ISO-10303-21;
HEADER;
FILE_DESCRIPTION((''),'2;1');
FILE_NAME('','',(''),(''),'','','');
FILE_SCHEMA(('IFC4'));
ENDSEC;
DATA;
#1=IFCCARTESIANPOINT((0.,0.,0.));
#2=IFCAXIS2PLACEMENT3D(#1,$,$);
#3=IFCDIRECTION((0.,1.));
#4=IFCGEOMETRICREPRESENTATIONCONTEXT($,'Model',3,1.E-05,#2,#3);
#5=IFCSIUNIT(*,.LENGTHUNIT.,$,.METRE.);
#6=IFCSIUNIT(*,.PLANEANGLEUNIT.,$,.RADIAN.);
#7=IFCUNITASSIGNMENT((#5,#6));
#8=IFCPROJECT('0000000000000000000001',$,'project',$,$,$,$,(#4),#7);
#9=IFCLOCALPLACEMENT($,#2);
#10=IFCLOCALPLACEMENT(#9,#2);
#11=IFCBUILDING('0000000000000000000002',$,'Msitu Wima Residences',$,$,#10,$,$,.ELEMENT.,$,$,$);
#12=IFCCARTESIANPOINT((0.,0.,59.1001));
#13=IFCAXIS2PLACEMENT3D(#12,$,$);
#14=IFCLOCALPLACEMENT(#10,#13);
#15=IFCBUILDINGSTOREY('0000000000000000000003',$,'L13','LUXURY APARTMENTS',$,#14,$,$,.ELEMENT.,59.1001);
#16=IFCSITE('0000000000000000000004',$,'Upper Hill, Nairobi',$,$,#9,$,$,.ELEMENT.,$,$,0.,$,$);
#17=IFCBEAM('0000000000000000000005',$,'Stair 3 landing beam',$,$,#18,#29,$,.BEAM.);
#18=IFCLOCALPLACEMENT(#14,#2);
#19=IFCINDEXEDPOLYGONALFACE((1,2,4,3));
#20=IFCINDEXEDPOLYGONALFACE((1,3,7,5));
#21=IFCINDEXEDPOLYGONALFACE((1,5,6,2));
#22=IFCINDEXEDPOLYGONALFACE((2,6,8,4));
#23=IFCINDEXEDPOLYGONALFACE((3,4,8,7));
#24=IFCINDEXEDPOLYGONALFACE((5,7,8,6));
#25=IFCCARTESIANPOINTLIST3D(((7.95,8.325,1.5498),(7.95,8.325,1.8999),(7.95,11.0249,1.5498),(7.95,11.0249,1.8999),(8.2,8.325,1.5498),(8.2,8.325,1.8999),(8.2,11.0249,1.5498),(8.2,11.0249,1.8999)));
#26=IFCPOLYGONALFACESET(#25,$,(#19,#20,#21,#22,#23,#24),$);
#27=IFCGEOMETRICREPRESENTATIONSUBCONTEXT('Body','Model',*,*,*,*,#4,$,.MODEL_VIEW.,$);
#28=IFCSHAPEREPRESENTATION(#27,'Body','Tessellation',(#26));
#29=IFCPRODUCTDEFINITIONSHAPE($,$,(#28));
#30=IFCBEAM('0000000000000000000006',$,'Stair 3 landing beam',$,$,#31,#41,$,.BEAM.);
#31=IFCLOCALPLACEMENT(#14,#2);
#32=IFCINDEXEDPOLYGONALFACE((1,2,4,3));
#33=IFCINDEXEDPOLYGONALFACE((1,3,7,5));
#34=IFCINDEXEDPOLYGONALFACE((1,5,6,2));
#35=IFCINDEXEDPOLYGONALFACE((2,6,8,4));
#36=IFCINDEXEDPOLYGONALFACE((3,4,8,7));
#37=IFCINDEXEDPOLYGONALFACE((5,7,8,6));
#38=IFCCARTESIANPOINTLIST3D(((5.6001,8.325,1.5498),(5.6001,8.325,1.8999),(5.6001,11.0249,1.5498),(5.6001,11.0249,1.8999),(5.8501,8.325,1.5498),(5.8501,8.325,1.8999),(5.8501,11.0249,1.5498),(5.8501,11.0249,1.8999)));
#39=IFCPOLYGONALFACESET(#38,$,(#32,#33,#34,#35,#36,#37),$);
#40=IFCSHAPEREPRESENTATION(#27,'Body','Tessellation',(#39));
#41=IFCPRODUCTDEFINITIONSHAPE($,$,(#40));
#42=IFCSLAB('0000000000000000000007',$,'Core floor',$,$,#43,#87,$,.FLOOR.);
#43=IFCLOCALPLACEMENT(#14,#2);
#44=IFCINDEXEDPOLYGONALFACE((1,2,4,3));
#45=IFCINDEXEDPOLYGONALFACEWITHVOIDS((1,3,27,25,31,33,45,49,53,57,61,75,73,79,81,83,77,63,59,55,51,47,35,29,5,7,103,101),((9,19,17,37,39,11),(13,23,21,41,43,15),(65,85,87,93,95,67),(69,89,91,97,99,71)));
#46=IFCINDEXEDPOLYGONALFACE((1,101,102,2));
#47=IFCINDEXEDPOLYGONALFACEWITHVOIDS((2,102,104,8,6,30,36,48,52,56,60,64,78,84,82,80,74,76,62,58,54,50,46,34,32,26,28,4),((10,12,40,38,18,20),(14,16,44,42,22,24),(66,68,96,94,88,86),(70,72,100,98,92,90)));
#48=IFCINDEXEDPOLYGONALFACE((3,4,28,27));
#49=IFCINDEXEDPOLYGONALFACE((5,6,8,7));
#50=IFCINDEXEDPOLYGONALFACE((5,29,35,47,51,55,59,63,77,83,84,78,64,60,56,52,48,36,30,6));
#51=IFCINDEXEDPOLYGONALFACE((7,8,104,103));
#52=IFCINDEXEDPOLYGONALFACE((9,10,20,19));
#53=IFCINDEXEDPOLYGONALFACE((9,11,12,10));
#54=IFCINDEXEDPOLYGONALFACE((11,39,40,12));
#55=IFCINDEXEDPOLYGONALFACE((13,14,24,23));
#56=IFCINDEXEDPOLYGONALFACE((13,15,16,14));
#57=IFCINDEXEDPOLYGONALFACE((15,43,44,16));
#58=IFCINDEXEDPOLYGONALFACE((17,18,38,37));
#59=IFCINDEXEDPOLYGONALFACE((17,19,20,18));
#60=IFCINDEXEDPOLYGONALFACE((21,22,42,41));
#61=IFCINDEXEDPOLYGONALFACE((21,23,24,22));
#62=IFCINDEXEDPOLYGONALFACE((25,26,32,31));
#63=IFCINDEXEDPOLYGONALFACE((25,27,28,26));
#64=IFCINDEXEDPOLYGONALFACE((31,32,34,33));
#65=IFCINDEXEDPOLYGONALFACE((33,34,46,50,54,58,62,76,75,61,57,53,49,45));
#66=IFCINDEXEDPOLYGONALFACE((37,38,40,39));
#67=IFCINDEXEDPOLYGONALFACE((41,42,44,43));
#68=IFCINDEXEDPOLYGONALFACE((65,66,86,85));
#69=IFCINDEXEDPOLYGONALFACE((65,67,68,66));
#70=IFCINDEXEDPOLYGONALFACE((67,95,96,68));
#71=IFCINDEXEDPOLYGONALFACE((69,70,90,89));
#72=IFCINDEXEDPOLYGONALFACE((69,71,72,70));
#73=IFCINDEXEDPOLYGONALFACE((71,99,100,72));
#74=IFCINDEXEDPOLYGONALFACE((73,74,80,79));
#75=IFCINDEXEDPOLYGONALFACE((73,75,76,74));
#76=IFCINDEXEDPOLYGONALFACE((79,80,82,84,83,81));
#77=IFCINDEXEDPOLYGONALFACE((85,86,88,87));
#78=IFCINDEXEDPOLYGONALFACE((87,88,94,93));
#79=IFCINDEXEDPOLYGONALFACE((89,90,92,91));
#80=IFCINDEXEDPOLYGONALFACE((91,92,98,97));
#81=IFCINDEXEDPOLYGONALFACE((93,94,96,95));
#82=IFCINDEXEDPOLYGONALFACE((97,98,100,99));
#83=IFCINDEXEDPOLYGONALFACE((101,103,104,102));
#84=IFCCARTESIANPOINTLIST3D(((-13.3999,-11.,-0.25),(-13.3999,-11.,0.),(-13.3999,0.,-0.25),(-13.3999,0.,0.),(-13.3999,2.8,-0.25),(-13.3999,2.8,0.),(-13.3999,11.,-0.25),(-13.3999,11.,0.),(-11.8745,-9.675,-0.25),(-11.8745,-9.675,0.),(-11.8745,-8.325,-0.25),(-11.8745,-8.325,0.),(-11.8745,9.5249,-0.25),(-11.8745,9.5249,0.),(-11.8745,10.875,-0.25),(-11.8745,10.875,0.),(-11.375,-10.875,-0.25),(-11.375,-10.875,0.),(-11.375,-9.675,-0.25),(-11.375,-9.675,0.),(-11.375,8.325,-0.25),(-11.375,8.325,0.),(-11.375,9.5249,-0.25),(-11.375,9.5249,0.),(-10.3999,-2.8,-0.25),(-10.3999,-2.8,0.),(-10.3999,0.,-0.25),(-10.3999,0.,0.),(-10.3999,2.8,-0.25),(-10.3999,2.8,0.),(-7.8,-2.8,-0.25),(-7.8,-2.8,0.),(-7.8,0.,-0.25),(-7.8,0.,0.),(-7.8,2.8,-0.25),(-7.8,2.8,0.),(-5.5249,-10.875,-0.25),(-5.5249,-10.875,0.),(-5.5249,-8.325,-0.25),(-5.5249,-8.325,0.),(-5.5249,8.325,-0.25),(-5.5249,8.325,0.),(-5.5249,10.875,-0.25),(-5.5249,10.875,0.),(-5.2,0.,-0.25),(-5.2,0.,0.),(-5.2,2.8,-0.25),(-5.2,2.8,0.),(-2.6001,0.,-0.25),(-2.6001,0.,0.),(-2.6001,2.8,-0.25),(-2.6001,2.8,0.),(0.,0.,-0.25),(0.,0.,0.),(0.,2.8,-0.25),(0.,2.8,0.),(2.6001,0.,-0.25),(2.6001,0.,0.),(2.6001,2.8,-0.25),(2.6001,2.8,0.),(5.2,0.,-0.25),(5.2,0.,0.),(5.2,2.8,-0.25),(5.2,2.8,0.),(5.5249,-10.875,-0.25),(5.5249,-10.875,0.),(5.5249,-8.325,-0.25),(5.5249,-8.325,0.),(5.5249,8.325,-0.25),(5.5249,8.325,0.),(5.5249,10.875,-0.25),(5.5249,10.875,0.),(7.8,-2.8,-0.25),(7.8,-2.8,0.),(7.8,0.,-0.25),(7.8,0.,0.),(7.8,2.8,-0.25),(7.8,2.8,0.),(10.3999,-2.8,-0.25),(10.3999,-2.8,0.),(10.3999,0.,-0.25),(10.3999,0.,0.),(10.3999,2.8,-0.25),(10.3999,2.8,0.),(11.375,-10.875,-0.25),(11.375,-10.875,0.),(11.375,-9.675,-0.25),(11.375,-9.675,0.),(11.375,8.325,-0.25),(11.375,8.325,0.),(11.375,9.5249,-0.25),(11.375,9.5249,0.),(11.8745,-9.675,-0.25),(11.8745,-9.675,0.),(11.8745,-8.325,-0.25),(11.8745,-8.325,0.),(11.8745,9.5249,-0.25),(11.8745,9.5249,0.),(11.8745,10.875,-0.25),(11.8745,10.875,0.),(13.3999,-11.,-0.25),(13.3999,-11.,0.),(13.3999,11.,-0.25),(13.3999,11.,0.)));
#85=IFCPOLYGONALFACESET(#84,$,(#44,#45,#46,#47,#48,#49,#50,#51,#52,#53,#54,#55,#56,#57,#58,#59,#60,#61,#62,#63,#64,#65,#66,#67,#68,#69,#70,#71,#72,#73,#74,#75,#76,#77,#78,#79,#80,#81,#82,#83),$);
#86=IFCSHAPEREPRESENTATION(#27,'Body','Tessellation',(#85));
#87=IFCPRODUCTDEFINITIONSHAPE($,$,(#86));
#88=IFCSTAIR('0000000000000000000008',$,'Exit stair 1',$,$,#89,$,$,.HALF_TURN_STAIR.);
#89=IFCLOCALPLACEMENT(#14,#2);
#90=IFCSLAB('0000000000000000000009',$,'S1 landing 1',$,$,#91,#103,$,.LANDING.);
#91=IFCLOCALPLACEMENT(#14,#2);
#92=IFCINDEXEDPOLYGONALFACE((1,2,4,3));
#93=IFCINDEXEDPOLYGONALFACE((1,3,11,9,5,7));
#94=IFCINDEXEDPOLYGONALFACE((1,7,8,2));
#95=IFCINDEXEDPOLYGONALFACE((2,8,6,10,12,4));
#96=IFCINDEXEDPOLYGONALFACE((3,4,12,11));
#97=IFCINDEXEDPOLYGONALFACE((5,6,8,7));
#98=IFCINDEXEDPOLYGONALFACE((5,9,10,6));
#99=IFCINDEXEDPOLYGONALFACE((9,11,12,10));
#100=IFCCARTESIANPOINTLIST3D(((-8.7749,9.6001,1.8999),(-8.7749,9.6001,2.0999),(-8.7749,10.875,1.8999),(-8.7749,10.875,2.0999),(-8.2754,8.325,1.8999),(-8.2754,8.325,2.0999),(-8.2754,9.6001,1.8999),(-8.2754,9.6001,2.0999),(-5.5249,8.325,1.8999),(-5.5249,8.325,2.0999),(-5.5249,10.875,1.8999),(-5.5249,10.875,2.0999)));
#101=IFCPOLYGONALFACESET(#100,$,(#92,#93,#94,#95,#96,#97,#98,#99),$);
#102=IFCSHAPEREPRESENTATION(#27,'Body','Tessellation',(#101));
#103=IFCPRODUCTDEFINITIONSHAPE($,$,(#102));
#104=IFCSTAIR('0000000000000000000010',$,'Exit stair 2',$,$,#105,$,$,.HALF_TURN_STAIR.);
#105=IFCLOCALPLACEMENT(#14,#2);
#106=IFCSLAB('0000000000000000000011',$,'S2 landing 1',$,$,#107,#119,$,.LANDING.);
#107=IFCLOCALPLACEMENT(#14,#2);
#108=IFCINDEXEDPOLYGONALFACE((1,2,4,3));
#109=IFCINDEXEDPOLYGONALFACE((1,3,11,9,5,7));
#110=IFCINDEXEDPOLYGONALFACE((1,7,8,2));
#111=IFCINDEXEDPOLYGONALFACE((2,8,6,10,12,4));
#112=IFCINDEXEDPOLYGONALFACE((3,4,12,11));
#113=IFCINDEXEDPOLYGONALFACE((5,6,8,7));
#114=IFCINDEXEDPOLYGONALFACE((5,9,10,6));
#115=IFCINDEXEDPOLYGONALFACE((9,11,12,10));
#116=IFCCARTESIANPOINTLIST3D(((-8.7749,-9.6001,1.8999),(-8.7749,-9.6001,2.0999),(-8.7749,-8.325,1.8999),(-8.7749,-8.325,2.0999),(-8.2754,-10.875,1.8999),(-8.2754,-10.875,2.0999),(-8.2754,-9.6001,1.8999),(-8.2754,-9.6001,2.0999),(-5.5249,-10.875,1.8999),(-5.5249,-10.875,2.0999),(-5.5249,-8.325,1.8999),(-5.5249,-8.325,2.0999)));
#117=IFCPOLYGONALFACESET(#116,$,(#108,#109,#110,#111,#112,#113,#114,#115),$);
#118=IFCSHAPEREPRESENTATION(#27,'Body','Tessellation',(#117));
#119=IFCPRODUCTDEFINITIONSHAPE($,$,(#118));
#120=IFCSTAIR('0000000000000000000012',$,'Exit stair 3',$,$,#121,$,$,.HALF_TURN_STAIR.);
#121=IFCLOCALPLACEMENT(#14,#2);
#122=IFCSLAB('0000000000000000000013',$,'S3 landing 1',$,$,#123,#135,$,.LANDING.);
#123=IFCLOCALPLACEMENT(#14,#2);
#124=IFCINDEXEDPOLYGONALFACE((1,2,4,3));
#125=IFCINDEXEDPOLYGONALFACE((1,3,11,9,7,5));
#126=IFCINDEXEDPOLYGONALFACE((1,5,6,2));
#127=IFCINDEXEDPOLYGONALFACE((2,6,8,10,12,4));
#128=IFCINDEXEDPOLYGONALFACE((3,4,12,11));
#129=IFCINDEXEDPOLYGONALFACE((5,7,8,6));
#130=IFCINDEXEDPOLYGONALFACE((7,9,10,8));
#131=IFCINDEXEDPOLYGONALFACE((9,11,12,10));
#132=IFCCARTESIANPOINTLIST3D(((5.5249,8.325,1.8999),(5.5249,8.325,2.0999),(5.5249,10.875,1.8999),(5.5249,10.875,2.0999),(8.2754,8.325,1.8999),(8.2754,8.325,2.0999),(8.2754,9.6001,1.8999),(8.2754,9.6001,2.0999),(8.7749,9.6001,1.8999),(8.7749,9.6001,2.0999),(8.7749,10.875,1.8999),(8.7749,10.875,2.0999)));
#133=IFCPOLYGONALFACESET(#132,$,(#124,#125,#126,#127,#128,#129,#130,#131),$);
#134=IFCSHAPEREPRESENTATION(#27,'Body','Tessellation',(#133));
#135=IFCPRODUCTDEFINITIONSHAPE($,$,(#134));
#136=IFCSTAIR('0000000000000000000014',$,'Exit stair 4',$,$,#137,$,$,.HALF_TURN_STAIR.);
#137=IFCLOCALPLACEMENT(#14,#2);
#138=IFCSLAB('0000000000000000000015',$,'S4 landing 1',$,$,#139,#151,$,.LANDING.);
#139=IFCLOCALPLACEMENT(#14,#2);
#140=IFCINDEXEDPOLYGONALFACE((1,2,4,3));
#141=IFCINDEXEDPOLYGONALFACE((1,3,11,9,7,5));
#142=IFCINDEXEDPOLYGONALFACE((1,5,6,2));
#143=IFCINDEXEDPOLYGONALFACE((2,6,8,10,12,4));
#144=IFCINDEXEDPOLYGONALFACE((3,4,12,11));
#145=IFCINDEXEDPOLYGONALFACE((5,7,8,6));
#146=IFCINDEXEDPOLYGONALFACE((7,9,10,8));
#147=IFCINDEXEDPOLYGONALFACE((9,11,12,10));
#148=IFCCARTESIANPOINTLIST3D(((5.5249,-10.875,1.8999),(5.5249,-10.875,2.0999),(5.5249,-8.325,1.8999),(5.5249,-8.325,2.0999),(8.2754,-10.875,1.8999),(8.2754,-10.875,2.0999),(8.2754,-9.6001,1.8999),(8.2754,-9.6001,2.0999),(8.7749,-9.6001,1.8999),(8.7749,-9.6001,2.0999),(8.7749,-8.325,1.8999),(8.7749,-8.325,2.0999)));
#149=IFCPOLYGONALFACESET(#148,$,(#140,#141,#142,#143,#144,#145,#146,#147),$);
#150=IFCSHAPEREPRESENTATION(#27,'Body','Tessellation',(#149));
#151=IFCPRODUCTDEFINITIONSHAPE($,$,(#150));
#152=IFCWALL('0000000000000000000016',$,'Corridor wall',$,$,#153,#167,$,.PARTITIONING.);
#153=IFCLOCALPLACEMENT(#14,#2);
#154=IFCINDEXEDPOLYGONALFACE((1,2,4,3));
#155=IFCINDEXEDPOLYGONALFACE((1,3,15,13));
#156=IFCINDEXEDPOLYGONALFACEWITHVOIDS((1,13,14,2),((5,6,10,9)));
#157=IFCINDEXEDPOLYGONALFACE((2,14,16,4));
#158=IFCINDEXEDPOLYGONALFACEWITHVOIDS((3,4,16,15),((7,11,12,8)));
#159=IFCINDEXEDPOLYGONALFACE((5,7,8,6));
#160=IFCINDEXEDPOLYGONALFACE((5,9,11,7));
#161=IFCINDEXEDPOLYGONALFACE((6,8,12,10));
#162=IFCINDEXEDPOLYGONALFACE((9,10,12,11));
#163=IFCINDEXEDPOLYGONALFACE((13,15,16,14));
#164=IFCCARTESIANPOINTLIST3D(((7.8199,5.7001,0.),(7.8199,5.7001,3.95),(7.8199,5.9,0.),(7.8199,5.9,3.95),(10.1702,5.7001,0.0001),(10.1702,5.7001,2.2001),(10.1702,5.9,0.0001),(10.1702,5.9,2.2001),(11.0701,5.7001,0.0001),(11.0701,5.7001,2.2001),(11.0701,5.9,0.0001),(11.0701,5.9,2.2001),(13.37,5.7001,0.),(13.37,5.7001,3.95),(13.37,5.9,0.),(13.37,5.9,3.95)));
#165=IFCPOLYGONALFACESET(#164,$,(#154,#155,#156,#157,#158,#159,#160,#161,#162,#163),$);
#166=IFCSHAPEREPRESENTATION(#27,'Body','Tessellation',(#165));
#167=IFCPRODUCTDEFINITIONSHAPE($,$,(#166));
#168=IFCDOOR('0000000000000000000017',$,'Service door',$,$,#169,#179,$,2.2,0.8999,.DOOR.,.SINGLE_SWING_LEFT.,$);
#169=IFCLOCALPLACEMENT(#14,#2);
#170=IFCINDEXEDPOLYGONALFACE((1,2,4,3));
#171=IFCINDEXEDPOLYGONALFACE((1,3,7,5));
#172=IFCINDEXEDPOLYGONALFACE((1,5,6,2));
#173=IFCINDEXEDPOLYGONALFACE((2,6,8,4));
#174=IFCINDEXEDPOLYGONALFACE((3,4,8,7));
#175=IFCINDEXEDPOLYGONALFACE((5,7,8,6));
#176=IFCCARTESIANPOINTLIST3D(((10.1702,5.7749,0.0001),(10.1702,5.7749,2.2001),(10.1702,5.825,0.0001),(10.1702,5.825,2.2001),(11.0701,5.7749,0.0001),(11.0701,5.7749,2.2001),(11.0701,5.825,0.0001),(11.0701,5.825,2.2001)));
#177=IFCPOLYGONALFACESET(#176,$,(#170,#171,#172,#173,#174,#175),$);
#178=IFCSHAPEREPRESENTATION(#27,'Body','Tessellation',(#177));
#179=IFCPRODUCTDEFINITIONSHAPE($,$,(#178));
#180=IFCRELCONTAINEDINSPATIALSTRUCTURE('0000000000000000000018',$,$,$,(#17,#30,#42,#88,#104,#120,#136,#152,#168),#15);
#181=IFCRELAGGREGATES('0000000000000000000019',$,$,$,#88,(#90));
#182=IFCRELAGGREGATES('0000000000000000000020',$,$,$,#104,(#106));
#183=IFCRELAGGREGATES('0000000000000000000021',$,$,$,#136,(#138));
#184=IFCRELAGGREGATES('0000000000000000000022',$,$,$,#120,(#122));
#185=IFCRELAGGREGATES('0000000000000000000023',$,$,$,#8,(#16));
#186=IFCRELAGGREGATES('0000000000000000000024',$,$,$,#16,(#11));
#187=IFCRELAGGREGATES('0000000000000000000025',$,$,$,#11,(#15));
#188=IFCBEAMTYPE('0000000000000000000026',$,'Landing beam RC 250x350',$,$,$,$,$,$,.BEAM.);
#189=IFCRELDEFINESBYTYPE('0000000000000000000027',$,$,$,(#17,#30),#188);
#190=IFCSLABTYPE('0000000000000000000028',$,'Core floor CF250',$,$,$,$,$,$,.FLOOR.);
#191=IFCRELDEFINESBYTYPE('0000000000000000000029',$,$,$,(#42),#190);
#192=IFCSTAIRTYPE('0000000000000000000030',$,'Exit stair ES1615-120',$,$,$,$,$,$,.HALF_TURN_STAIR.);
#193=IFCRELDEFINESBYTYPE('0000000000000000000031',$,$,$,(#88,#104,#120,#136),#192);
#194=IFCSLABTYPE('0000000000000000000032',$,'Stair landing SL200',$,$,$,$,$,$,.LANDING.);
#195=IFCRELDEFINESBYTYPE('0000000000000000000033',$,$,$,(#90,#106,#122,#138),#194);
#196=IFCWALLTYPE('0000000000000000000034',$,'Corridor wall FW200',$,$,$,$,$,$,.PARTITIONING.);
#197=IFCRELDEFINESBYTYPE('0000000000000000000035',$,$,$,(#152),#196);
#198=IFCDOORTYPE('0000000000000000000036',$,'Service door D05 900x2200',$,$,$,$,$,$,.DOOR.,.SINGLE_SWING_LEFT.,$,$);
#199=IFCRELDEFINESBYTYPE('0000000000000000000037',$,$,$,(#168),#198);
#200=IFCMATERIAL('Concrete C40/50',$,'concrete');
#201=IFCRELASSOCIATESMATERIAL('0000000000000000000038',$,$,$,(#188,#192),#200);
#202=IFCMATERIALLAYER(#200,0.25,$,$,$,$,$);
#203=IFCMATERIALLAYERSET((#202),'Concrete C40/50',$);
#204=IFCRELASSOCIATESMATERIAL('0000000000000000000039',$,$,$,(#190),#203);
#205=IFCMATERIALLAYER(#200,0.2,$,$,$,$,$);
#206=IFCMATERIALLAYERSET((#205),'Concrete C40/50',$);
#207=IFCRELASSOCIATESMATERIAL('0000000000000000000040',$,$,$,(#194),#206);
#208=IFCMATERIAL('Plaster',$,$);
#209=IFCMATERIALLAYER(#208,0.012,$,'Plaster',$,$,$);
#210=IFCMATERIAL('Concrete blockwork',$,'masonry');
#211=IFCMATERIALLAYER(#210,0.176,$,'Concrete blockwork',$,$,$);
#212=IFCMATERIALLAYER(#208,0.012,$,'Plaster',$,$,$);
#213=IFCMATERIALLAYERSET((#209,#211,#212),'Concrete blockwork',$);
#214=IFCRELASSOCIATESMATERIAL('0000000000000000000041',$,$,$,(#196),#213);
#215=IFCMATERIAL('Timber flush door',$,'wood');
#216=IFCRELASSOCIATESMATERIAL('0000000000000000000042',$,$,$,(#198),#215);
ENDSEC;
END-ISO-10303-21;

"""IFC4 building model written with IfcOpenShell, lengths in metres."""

from ifc_helpers import new_model, si_unit, direction, frame, frame_2d, origin, origin_2d, place, context, subcontext, project, spatial, polyline, rectangle, outline, extrude, material, layer, layer_set, material_profile, profile_set, type_object, element, fill, aggregate, save


model = new_model("IFC4")

# Units and contexts
model_context = context("Model", 3, precision=1e-05, world=origin(), true_north=direction((0.0, 1.0)))
body_context = subcontext(model_context, "Body", "Model", "MODEL_VIEW")
ifc_project = project(units=[si_unit("LENGTHUNIT", "METRE"), si_unit("PLANEANGLEUNIT", "RADIAN")], contexts=[model_context])

# Site, building, storey
site_placement = place(None, origin())
site = spatial("IfcSite", under=ifc_project, at=site_placement, Name="Upper Hill, Nairobi", CompositionType="ELEMENT", RefElevation=0.0)
building_placement = place(site_placement, origin())
building = spatial("IfcBuilding", under=site, at=building_placement, Name="Msitu Wima Residences", CompositionType="ELEMENT")
storey_placement = place(building_placement, frame((0.0, 0.0, 59.1001)))
storey = spatial("IfcBuildingStorey", under=building, at=storey_placement, Name="L13", Description="LUXURY APARTMENTS", CompositionType="ELEMENT", Elevation=59.1001)

# Beams
ifc_material_1 = material(Name="Concrete C40/50", Category="concrete")
ifc_material_profile = material_profile(ifc_material_1, rectangle(XDim=0.25, YDim=0.3501, at=origin_2d()), Name="RC 250x350")
ifc_profile_set = profile_set([ifc_material_profile], Name="Concrete C40/50")
beam_type = type_object("IfcBeamType", Name="Landing beam RC 250x350", PredefinedType="BEAM", material=ifc_profile_set)
for number, where, z_axis, x_axis, name in (
    (1, (8.075, 8.325, 1.7249), (0.0, 1.0, 0.0), (-1.0, 0.0, 0.0), "Stair 3 landing beam"),
    (2, (5.7251, 8.325, 1.7249), (0.0, 1.0, 0.0), (-1.0, 0.0, 0.0), "Stair 3 landing beam"),
):
    element("IfcBeam", number, at=place(storey_placement, frame(where, z_axis=z_axis, x_axis=x_axis)), inside=storey, type_object=beam_type, Name=name, PredefinedType="BEAM", context=body_context, shape_type="SweptSolid", body=[
        extrude(rectangle(XDim=0.25, YDim=0.3501, at=origin_2d()), origin(), (0.0, 0.0, 1.0), 2.7),
    ])

# Slab
ifc_layer_1 = layer(ifc_material_1, 0.25)
ifc_layer_set_1 = layer_set([ifc_layer_1], Name="Concrete C40/50")
slab_type_1 = type_object("IfcSlabType", Name="Core floor CF250", PredefinedType="FLOOR", material=ifc_layer_set_1)
slab_1_placement = place(storey_placement, frame((0.0, 0.0, -0.25)))
element("IfcSlab", 3, at=slab_1_placement, inside=storey, type_object=slab_type_1, Name="Core floor", PredefinedType="FLOOR", context=body_context, shape_type="SweptSolid", body=[
    extrude(outline(polyline([(-13.3999, 11.0), (-13.3999, 2.8), (-10.3999, 2.8), (-7.8, 2.8), (-5.2, 2.8), (-2.6001, 2.8), (0.0, 2.8), (2.6001, 2.8), (5.2, 2.8), (7.8, 2.8), (10.3999, 2.8), (10.3999, 0.0), (10.3999, -2.8), (7.8, -2.8), (7.8, 0.0), (5.2, 0.0), (2.6001, 0.0), (0.0, 0.0), (-2.6001, 0.0), (-5.2, 0.0), (-7.8, 0.0), (-7.8, -2.8), (-10.3999, -2.8), (-10.3999, 0.0), (-13.3999, 0.0), (-13.3999, -11.0), (13.3999, -11.0), (13.3999, 11.0), (-13.3999, 11.0)]), holes=[polyline([(-11.375, -10.875), (-11.375, -9.675), (-11.8745, -9.675), (-11.8745, -8.325), (-5.5249, -8.325), (-5.5249, -10.875), (-11.375, -10.875)]), polyline([(-11.375, 9.5249), (-11.8745, 9.5249), (-11.8745, 10.875), (-5.5249, 10.875), (-5.5249, 8.325), (-11.375, 8.325), (-11.375, 9.5249)]), polyline([(11.375, -9.675), (11.375, -10.875), (5.5249, -10.875), (5.5249, -8.325), (11.8745, -8.325), (11.8745, -9.675), (11.375, -9.675)]), polyline([(11.375, 9.5249), (11.375, 8.325), (5.5249, 8.325), (5.5249, 10.875), (11.8745, 10.875), (11.8745, 9.5249), (11.375, 9.5249)])]), origin(), (0.0, 0.0, 1.0), 0.25),
])

# Stairs, slabs
stair_type = type_object("IfcStairType", Name="Exit stair ES1615-120", PredefinedType="HALF_TURN_STAIR", material=ifc_material_1)
stair_1_placement = place(storey_placement, origin())
stair_1 = element("IfcStair", 4, at=stair_1_placement, inside=storey, type_object=stair_type, Name="Exit stair 1", PredefinedType="HALF_TURN_STAIR")
ifc_layer_2 = layer(ifc_material_1, 0.2)
ifc_layer_set_2 = layer_set([ifc_layer_2], Name="Concrete C40/50")
slab_type_2 = type_object("IfcSlabType", Name="Stair landing SL200", PredefinedType="LANDING", material=ifc_layer_set_2)
slab_2_placement = place(storey_placement, frame((0.0, 0.0, 1.8999)))
slab_2 = element("IfcSlab", 5, at=slab_2_placement, type_object=slab_type_2, Name="S1 landing 1", PredefinedType="LANDING", context=body_context, shape_type="SweptSolid", body=[
    extrude(outline(polyline([(-5.5249, 8.325), (-8.2754, 8.325), (-8.2754, 9.6001), (-8.7749, 9.6001), (-8.7749, 10.875), (-5.5249, 10.875), (-5.5249, 8.325)])), origin(), (0.0, 0.0, 1.0), 0.2),
])
aggregate(stair_1, [slab_2])
stair_2_placement = place(storey_placement, origin())
stair_2 = element("IfcStair", 6, at=stair_2_placement, inside=storey, type_object=stair_type, Name="Exit stair 2", PredefinedType="HALF_TURN_STAIR")
slab_3_placement = place(storey_placement, frame((0.0, 0.0, 1.8999)))
slab_3 = element("IfcSlab", 7, at=slab_3_placement, type_object=slab_type_2, Name="S2 landing 1", PredefinedType="LANDING", context=body_context, shape_type="SweptSolid", body=[
    extrude(outline(polyline([(-5.5249, -10.875), (-8.2754, -10.875), (-8.2754, -9.6001), (-8.7749, -9.6001), (-8.7749, -8.325), (-5.5249, -8.325), (-5.5249, -10.875)])), origin(), (0.0, 0.0, 1.0), 0.2),
])
aggregate(stair_2, [slab_3])
stair_3_placement = place(storey_placement, origin())
stair_3 = element("IfcStair", 8, at=stair_3_placement, inside=storey, type_object=stair_type, Name="Exit stair 3", PredefinedType="HALF_TURN_STAIR")
slab_4_placement = place(storey_placement, frame((0.0, 0.0, 1.8999)))
slab_4 = element("IfcSlab", 9, at=slab_4_placement, type_object=slab_type_2, Name="S3 landing 1", PredefinedType="LANDING", context=body_context, shape_type="SweptSolid", body=[
    extrude(outline(polyline([(5.5249, 8.325), (8.2754, 8.325), (8.2754, 9.6001), (8.7749, 9.6001), (8.7749, 10.875), (5.5249, 10.875), (5.5249, 8.325)])), origin(), (0.0, 0.0, 1.0), 0.2),
])
stair_4_placement = place(storey_placement, origin())
stair_4 = element("IfcStair", 10, at=stair_4_placement, inside=storey, type_object=stair_type, Name="Exit stair 4", PredefinedType="HALF_TURN_STAIR")
slab_5_placement = place(storey_placement, frame((0.0, 0.0, 1.8999)))
slab_5 = element("IfcSlab", 11, at=slab_5_placement, type_object=slab_type_2, Name="S4 landing 1", PredefinedType="LANDING", context=body_context, shape_type="SweptSolid", body=[
    extrude(outline(polyline([(5.5249, -10.875), (8.2754, -10.875), (8.2754, -9.6001), (8.7749, -9.6001), (8.7749, -8.325), (5.5249, -8.325), (5.5249, -10.875)])), origin(), (0.0, 0.0, 1.0), 0.2),
])
aggregate(stair_4, [slab_5])

# Wall, opening, door
ifc_material_2 = material(Name="Plaster")
ifc_layer_3 = layer(ifc_material_2, 0.012, Name="Plaster")
ifc_material_3 = material(Name="Concrete blockwork", Category="masonry")
ifc_layer_4 = layer(ifc_material_3, 0.176, Name="Concrete blockwork")
ifc_layer_5 = layer(ifc_material_2, 0.012, Name="Plaster")
ifc_layer_set_3 = layer_set([ifc_layer_3, ifc_layer_4, ifc_layer_5], Name="Concrete blockwork")
wall_type_1 = type_object("IfcWallType", Name="Corridor wall FW200", PredefinedType="PARTITIONING", material=ifc_layer_set_3)
wall_1_placement = place(storey_placement, frame((7.8201, 5.8, 0.0), z_axis=(0.0, 0.0, 1.0), x_axis=(1.0, 0.0, 0.0)))
wall_1 = element("IfcWall", 12, at=wall_1_placement, inside=storey, type_object=wall_type_1, Name="Corridor wall", PredefinedType="PARTITIONING", context=body_context, shape_type="SweptSolid", body=[
    extrude(rectangle(XDim=5.55, YDim=0.2, at=frame_2d((2.7749, 0.0))), origin(), (0.0, 0.0, 1.0), 3.95),
])
opening_1_placement = place(wall_1_placement, frame((2.3501, 0.0, 0.0)))
opening_1 = element("IfcOpeningElement", 13, at=opening_1_placement, cuts=wall_1, PredefinedType="OPENING", context=body_context, shape_type="SweptSolid", body=[
    extrude(rectangle(XDim=0.8999, YDim=2.2, at=frame_2d((0.45, 1.1001))), frame((0.0, 0.1099, 0.0), z_axis=(0.0, -1.0, 0.0), x_axis=(1.0, 0.0, 0.0)), (0.0, 0.0, 1.0), 0.22),
])
ifc_material_4 = material(Name="Timber flush door", Category="wood")
door_type_1 = type_object("IfcDoorType", Name="Service door D05 900x2200", OperationType="SINGLE_SWING_LEFT", PredefinedType="DOOR", material=ifc_material_4)
door_1_placement = place(opening_1_placement, origin())
door_1 = element("IfcDoor", 14, at=door_1_placement, inside=storey, type_object=door_type_1, Name="Service door", OperationType="SINGLE_SWING_LEFT", OverallHeight=2.2, OverallWidth=0.8999, PredefinedType="DOOR", context=body_context, shape_type="SweptSolid", body=[
    extrude(rectangle(XDim=0.8999, YDim=2.2, at=frame_2d((0.45, 1.1001))), frame((0.0, 0.0249, 0.0), z_axis=(0.0, -1.0, 0.0), x_axis=(1.0, 0.0, 0.0)), (0.0, 0.0, 1.0), 0.05),
])
fill(opening_1, door_1)

aggregate(stair_3, [slab_4])

save(model, "model.ifc")
